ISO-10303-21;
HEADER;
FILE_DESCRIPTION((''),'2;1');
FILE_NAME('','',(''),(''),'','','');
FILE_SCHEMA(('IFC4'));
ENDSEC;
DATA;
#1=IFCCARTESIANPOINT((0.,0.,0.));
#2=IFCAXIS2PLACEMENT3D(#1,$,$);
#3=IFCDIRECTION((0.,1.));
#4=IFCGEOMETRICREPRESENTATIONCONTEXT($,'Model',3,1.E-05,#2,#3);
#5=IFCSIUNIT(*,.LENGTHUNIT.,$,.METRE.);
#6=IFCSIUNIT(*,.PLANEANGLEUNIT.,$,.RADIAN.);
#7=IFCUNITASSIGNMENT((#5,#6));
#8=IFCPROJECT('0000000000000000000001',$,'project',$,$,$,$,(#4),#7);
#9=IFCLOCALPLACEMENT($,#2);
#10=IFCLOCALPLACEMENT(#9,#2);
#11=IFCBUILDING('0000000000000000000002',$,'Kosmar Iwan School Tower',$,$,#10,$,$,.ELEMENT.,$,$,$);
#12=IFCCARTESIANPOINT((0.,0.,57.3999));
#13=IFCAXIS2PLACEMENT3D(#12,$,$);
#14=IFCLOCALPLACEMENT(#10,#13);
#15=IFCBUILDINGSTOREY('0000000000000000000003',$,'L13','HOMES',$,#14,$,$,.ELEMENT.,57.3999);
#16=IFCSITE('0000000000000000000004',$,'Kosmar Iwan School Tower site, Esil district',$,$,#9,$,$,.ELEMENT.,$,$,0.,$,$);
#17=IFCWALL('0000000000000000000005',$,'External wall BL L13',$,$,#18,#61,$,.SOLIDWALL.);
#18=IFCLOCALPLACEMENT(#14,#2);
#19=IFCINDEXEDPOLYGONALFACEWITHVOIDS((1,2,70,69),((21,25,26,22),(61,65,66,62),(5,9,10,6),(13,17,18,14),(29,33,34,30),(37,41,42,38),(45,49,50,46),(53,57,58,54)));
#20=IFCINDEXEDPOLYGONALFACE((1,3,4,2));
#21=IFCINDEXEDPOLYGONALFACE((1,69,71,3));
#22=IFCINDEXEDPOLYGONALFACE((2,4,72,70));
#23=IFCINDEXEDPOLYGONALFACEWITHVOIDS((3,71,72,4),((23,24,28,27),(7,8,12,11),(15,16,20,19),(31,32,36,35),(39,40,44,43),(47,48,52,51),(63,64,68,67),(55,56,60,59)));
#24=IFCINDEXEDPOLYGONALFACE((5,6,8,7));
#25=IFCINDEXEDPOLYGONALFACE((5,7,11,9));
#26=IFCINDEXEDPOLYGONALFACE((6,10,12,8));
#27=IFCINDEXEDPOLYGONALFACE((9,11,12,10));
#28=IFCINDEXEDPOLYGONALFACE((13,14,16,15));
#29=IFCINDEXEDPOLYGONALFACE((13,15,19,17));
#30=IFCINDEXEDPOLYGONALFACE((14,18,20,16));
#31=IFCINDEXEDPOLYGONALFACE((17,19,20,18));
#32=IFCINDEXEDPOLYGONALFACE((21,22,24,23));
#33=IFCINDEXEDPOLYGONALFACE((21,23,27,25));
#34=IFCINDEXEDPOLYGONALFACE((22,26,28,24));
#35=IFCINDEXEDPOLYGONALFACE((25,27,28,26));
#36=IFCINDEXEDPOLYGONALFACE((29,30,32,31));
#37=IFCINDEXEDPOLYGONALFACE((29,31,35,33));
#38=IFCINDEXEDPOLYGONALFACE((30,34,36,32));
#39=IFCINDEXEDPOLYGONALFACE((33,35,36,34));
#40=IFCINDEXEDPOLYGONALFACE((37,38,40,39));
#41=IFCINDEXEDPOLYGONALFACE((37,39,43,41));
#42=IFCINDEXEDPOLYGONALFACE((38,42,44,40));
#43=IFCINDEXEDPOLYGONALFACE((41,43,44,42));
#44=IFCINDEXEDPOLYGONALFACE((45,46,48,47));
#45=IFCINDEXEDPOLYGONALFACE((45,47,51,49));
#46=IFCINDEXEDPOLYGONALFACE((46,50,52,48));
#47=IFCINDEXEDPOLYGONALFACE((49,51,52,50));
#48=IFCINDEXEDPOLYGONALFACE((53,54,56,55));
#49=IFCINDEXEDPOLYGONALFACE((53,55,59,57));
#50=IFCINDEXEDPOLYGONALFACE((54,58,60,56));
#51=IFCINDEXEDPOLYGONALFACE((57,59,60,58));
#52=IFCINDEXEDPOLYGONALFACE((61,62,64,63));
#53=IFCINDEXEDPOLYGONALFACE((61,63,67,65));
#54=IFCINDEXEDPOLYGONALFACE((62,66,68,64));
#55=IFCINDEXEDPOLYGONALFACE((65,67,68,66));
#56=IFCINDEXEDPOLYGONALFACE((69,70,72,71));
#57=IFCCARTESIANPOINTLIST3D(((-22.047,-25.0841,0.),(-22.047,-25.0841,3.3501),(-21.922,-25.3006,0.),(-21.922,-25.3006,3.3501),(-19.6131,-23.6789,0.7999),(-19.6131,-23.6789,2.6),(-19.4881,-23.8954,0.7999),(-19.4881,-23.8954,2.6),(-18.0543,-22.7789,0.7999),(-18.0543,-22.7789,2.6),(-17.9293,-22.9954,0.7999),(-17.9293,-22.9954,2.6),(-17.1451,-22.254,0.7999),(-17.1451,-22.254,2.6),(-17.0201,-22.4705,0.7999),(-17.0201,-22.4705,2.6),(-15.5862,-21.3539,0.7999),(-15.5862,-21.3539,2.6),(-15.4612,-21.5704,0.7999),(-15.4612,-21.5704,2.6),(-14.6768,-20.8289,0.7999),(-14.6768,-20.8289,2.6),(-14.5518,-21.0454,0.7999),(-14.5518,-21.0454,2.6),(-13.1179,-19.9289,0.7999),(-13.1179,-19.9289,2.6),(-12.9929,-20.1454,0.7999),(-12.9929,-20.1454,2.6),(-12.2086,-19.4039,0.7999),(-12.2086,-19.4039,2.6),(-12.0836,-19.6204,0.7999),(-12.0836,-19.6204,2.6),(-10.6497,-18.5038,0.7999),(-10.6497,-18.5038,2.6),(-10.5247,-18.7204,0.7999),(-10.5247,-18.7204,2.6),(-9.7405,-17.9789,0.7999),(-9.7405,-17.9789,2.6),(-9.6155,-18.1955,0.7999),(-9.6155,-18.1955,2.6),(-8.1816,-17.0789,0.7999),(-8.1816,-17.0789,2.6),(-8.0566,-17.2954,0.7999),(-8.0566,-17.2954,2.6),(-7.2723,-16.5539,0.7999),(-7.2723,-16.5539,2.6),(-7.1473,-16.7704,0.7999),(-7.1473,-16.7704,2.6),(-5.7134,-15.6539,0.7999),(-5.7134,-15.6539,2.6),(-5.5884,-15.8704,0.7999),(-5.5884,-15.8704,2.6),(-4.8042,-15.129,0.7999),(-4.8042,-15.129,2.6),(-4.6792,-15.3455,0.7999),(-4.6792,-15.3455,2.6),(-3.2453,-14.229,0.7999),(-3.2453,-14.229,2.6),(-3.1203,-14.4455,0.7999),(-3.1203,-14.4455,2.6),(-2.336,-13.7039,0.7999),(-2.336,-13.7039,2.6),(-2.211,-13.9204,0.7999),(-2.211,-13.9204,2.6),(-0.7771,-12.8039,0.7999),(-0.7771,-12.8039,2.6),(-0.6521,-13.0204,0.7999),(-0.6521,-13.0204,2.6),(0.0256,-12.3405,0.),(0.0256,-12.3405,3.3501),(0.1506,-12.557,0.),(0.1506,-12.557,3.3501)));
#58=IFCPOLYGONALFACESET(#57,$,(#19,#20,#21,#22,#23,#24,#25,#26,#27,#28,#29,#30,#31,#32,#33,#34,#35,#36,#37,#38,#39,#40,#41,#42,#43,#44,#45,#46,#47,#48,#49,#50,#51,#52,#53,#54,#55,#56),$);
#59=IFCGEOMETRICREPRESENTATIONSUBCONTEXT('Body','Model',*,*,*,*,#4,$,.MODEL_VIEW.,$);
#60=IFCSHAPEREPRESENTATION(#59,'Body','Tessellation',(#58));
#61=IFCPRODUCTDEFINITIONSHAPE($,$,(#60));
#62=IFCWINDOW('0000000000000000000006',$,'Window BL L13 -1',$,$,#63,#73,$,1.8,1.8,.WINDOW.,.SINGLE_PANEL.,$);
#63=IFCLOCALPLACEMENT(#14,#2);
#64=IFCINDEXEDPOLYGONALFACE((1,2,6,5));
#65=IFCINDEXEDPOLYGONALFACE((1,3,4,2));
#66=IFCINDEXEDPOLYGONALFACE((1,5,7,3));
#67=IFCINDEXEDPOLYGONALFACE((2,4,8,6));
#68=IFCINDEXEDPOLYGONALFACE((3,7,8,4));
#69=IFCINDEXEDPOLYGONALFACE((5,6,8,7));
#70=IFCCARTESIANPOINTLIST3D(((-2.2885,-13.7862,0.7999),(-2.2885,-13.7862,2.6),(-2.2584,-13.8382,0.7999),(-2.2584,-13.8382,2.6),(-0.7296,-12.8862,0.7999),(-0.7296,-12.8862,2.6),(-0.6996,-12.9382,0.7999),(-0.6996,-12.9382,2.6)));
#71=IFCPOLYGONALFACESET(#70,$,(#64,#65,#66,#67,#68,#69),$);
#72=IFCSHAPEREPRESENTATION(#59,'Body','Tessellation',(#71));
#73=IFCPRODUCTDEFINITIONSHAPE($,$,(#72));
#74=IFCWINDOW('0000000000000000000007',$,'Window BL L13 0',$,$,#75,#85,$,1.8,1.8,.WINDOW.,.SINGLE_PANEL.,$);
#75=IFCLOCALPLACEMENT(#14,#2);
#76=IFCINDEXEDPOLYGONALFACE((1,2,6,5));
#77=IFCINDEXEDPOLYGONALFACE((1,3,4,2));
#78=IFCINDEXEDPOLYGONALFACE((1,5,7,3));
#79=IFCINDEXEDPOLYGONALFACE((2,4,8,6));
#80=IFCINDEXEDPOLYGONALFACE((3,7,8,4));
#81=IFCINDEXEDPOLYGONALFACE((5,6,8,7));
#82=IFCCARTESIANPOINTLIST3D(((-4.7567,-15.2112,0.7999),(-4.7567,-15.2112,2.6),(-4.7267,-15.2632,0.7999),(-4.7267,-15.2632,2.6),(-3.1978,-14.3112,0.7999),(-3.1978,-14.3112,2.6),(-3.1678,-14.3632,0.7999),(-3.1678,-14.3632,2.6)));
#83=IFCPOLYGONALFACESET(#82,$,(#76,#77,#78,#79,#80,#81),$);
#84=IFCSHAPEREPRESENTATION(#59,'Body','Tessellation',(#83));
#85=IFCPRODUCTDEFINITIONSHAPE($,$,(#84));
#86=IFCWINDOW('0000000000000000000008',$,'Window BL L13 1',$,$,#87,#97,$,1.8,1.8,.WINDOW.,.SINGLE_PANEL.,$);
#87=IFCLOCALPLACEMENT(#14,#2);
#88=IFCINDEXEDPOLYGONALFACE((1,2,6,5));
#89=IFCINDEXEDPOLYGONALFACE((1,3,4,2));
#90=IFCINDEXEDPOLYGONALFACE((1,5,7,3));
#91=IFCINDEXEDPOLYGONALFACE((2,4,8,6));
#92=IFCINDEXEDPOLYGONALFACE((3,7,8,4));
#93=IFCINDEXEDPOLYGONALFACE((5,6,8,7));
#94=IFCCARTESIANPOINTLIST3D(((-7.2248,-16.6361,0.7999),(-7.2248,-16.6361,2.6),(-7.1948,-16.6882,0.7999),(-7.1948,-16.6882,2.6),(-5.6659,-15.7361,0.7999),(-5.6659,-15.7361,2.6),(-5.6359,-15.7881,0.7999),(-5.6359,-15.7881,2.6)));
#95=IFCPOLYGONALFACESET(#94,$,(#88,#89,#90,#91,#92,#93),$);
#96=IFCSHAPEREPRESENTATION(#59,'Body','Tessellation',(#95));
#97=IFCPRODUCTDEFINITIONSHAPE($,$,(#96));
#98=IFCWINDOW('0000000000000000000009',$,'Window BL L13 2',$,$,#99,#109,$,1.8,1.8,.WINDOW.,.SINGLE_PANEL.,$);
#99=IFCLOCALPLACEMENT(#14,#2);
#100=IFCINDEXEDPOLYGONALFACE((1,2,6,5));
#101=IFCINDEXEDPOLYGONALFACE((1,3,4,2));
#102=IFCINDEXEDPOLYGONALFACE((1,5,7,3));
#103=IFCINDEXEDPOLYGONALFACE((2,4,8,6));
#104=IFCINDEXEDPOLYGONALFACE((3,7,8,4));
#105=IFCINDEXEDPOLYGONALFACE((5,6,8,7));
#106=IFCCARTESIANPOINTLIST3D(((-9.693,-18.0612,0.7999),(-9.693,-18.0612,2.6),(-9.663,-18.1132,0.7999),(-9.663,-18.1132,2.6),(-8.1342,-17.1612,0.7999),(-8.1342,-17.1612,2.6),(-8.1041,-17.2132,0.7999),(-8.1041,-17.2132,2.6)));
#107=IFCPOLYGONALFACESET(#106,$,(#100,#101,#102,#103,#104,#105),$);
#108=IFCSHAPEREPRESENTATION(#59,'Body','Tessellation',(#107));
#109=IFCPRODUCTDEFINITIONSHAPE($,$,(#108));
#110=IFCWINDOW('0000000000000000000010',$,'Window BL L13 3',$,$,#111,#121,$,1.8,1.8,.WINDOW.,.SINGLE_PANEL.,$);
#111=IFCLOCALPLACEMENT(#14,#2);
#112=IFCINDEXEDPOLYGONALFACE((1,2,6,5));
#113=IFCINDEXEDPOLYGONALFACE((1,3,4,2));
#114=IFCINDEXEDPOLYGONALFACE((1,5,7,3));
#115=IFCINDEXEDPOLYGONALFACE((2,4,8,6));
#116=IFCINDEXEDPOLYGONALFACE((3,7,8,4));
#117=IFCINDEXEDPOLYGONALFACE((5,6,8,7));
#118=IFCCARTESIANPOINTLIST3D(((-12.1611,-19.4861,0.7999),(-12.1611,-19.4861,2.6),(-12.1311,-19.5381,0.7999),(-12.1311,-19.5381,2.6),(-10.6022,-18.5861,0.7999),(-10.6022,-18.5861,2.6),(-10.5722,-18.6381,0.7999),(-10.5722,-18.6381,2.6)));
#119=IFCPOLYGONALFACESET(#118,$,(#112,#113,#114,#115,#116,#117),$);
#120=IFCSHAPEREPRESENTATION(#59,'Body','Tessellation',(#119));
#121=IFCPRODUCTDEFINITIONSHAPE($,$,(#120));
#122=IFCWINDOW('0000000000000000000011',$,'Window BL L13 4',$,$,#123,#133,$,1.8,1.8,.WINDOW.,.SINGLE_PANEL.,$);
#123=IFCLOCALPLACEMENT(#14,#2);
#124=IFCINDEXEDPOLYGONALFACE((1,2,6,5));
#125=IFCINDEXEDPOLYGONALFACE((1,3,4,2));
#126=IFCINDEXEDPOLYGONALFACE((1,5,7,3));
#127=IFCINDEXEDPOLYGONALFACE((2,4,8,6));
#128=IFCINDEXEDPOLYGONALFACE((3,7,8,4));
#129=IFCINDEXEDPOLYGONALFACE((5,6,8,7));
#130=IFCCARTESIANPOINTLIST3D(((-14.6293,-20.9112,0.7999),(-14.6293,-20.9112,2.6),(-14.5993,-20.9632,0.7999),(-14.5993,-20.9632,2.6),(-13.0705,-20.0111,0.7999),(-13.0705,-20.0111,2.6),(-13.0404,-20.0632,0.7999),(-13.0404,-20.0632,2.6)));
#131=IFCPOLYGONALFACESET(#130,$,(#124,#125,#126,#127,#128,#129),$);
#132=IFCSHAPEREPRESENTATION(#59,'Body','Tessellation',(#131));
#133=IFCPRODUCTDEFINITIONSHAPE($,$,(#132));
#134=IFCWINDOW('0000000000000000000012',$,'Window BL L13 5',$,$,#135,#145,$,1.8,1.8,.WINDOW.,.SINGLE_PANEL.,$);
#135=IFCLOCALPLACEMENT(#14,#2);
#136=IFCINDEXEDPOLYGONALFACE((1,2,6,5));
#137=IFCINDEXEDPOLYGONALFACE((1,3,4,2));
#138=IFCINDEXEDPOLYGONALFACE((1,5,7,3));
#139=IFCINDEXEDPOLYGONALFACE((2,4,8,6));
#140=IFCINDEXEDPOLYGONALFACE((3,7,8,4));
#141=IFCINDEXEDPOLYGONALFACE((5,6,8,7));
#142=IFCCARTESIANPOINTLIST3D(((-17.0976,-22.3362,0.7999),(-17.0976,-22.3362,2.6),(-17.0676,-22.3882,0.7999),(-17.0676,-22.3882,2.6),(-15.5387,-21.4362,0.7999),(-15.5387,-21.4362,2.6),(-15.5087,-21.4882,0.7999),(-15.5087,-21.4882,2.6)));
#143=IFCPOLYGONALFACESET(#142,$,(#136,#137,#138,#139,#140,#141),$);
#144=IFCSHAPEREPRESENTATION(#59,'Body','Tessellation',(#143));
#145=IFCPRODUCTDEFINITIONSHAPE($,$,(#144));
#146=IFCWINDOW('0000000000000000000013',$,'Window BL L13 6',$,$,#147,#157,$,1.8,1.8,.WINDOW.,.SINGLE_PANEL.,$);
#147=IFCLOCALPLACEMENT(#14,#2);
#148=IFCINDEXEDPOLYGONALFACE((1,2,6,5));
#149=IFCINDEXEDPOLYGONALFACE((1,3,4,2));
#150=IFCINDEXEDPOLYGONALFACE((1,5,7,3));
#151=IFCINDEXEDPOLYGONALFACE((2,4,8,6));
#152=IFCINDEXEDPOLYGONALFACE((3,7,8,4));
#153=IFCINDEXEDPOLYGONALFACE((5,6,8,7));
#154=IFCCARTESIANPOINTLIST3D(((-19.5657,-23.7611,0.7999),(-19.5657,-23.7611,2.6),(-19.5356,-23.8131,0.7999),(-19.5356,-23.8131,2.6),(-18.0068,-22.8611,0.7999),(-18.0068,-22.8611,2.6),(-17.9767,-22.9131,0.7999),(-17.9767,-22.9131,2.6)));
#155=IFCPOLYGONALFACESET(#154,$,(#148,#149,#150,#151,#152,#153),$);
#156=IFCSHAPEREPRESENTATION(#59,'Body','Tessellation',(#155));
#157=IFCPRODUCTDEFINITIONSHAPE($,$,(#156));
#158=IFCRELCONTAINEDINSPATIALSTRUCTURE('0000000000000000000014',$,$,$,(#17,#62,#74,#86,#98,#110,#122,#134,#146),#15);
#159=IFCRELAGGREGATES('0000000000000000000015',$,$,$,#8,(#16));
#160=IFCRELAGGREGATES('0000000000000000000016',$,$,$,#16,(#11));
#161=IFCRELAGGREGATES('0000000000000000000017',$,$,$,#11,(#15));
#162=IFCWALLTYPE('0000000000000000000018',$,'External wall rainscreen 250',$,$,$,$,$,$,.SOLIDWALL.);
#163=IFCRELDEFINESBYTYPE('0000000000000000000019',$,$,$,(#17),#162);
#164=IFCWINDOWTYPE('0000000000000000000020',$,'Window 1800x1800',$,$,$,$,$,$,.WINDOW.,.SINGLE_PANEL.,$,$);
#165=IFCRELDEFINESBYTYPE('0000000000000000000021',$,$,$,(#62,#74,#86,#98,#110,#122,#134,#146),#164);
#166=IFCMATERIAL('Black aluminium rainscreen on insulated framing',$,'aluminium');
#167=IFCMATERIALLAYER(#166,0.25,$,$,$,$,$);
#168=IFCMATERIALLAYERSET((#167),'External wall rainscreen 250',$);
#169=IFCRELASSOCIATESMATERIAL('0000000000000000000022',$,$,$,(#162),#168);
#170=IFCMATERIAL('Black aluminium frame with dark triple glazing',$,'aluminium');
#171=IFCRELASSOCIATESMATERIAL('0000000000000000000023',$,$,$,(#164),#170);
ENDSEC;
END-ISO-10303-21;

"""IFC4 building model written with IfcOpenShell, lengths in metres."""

from ifc_helpers import new_model, si_unit, direction, frame, frame_2d, origin, place, context, subcontext, project, spatial, rectangle, extrude, material, layer, layer_set, type_object, element, fill, save


model = new_model("IFC4")

# Units and contexts
model_context = context("Model", 3, precision=1e-05, world=origin(), true_north=direction((0.0, 1.0)))
body_context = subcontext(model_context, "Body", "Model", "MODEL_VIEW")
ifc_project = project(units=[si_unit("LENGTHUNIT", "METRE"), si_unit("PLANEANGLEUNIT", "RADIAN")], contexts=[model_context])

# Site, building, storey
site_placement = place(None, origin())
site = spatial("IfcSite", under=ifc_project, at=site_placement, Name="Kosmar Iwan School Tower site, Esil district", CompositionType="ELEMENT", RefElevation=0.0)
building_placement = place(site_placement, origin())
building = spatial("IfcBuilding", under=site, at=building_placement, Name="Kosmar Iwan School Tower", CompositionType="ELEMENT")
storey_placement = place(building_placement, frame((0.0, 0.0, 57.3999)))
storey = spatial("IfcBuildingStorey", under=building, at=storey_placement, Name="L13", Description="HOMES", CompositionType="ELEMENT", Elevation=57.3999)

# Wall, openings, windows
ifc_material_1 = material(Name="Black aluminium rainscreen on insulated framing", Category="aluminium")
ifc_layer = layer(ifc_material_1, 0.25)
ifc_layer_set = layer_set([ifc_layer], Name="External wall rainscreen 250")
wall_type = type_object("IfcWallType", Name="External wall rainscreen 250", PredefinedType="SOLIDWALL", material=ifc_layer_set)
wall_1_placement = place(storey_placement, frame((0.0881, -12.4487, 0.0), z_axis=(0.0, 0.0, 1.0), x_axis=(-0.866026, -0.499998, 0.0)))
wall_1 = element("IfcWall", 1, at=wall_1_placement, inside=storey, type_object=wall_type, Name="External wall BL L13", PredefinedType="SOLIDWALL", context=body_context, shape_type="SweptSolid", body=[
    extrude(rectangle(XDim=25.4873, YDim=0.25, at=frame_2d((12.7437, 0.0))), origin(), (0.0, 0.0, 1.0), 3.3501),
])
opening_1_placement = place(wall_1_placement, frame((0.927, 0.0, 0.8)))
opening_1 = element("IfcOpeningElement", 2, at=opening_1_placement, cuts=wall_1, PredefinedType="OPENING", context=body_context, shape_type="SweptSolid", body=[
    extrude(rectangle(XDim=1.8, YDim=1.8, at=frame_2d((0.8999, 0.8999))), frame((0.0, 0.137, 0.0), z_axis=(0.0, -1.0, 0.0), x_axis=(1.0, 0.0, 0.0)), (0.0, 0.0, 1.0), 0.2739),
])
opening_2_placement = place(wall_1_placement, frame((3.7771, 0.0, 0.8)))
opening_2 = element("IfcOpeningElement", 3, at=opening_2_placement, cuts=wall_1, PredefinedType="OPENING", context=body_context, shape_type="SweptSolid", body=[
    extrude(rectangle(XDim=1.8, YDim=1.8, at=frame_2d((0.8999, 0.8999))), frame((0.0, 0.137, 0.0), z_axis=(0.0, -1.0, 0.0), x_axis=(1.0, 0.0, 0.0)), (0.0, 0.0, 1.0), 0.2739),
])
opening_3_placement = place(wall_1_placement, frame((6.627, 0.0, 0.8)))
opening_3 = element("IfcOpeningElement", 4, at=opening_3_placement, cuts=wall_1, PredefinedType="OPENING", context=body_context, shape_type="SweptSolid", body=[
    extrude(rectangle(XDim=1.8, YDim=1.8, at=frame_2d((0.8999, 0.8999))), frame((0.0, 0.137, 0.0), z_axis=(0.0, -1.0, 0.0), x_axis=(1.0, 0.0, 0.0)), (0.0, 0.0, 1.0), 0.2739),
])
opening_4_placement = place(wall_1_placement, frame((9.4771, 0.0, 0.8)))
opening_4 = element("IfcOpeningElement", 5, at=opening_4_placement, cuts=wall_1, PredefinedType="OPENING", context=body_context, shape_type="SweptSolid", body=[
    extrude(rectangle(XDim=1.8, YDim=1.8, at=frame_2d((0.8999, 0.8999))), frame((0.0, 0.137, 0.0), z_axis=(0.0, -1.0, 0.0), x_axis=(1.0, 0.0, 0.0)), (0.0, 0.0, 1.0), 0.2739),
])
opening_5_placement = place(wall_1_placement, frame((12.3269, 0.0, 0.8)))
opening_5 = element("IfcOpeningElement", 6, at=opening_5_placement, cuts=wall_1, PredefinedType="OPENING", context=body_context, shape_type="SweptSolid", body=[
    extrude(rectangle(XDim=1.8, YDim=1.8, at=frame_2d((0.8999, 0.8999))), frame((0.0, 0.137, 0.0), z_axis=(0.0, -1.0, 0.0), x_axis=(1.0, 0.0, 0.0)), (0.0, 0.0, 1.0), 0.2739),
])
opening_6_placement = place(wall_1_placement, frame((15.177, 0.0, 0.8)))
opening_6 = element("IfcOpeningElement", 7, at=opening_6_placement, cuts=wall_1, PredefinedType="OPENING", context=body_context, shape_type="SweptSolid", body=[
    extrude(rectangle(XDim=1.8, YDim=1.8, at=frame_2d((0.8999, 0.8999))), frame((0.0, 0.137, 0.0), z_axis=(0.0, -1.0, 0.0), x_axis=(1.0, 0.0, 0.0)), (0.0, 0.0, 1.0), 0.2739),
])
opening_7_placement = place(wall_1_placement, frame((18.0271, 0.0, 0.8)))
opening_7 = element("IfcOpeningElement", 8, at=opening_7_placement, cuts=wall_1, PredefinedType="OPENING", context=body_context, shape_type="SweptSolid", body=[
    extrude(rectangle(XDim=1.8, YDim=1.8, at=frame_2d((0.8999, 0.8999))), frame((0.0, 0.137, 0.0), z_axis=(0.0, -1.0, 0.0), x_axis=(1.0, 0.0, 0.0)), (0.0, 0.0, 1.0), 0.2739),
])
opening_8_placement = place(wall_1_placement, frame((20.877, 0.0, 0.8)))
opening_8 = element("IfcOpeningElement", 9, at=opening_8_placement, cuts=wall_1, PredefinedType="OPENING", context=body_context, shape_type="SweptSolid", body=[
    extrude(rectangle(XDim=1.8, YDim=1.8, at=frame_2d((0.8999, 0.8999))), frame((0.0, 0.137, 0.0), z_axis=(0.0, -1.0, 0.0), x_axis=(1.0, 0.0, 0.0)), (0.0, 0.0, 1.0), 0.2739),
])
ifc_material_2 = material(Name="Black aluminium frame with dark triple glazing", Category="aluminium")
window_type = type_object("IfcWindowType", Name="Window 1800x1800", PartitioningType="SINGLE_PANEL", PredefinedType="WINDOW", material=ifc_material_2)
window_1_placement = place(opening_1_placement, origin())
window_1 = element("IfcWindow", 10, at=window_1_placement, inside=storey, type_object=window_type, Name="Window BL L13 -1", OverallHeight=1.8, OverallWidth=1.8, PartitioningType="SINGLE_PANEL", PredefinedType="WINDOW", context=body_context, shape_type="SweptSolid", body=[
    extrude(rectangle(XDim=1.8, YDim=1.8, at=frame_2d((0.8999, 0.8999))), frame((0.0, 0.03, 0.0), z_axis=(0.0, -1.0, 0.0), x_axis=(1.0, 0.0, 0.0)), (0.0, 0.0, 1.0), 0.0601),
])
fill(opening_1, window_1)
window_2_placement = place(opening_2_placement, origin())
window_2 = element("IfcWindow", 11, at=window_2_placement, inside=storey, type_object=window_type, Name="Window BL L13 0", OverallHeight=1.8, OverallWidth=1.8, PartitioningType="SINGLE_PANEL", PredefinedType="WINDOW", context=body_context, shape_type="SweptSolid", body=[
    extrude(rectangle(XDim=1.8, YDim=1.8, at=frame_2d((0.8999, 0.8999))), frame((0.0, 0.03, 0.0), z_axis=(0.0, -1.0, 0.0), x_axis=(1.0, 0.0, 0.0)), (0.0, 0.0, 1.0), 0.0601),
])
fill(opening_2, window_2)
window_3_placement = place(opening_3_placement, origin())
window_3 = element("IfcWindow", 12, at=window_3_placement, inside=storey, type_object=window_type, Name="Window BL L13 1", OverallHeight=1.8, OverallWidth=1.8, PartitioningType="SINGLE_PANEL", PredefinedType="WINDOW", context=body_context, shape_type="SweptSolid", body=[
    extrude(rectangle(XDim=1.8, YDim=1.8, at=frame_2d((0.8999, 0.8999))), frame((0.0, 0.03, 0.0), z_axis=(0.0, -1.0, 0.0), x_axis=(1.0, 0.0, 0.0)), (0.0, 0.0, 1.0), 0.0601),
])
fill(opening_3, window_3)
window_4_placement = place(opening_4_placement, origin())
window_4 = element("IfcWindow", 13, at=window_4_placement, inside=storey, type_object=window_type, Name="Window BL L13 2", OverallHeight=1.8, OverallWidth=1.8, PartitioningType="SINGLE_PANEL", PredefinedType="WINDOW", context=body_context, shape_type="SweptSolid", body=[
    extrude(rectangle(XDim=1.8, YDim=1.8, at=frame_2d((0.8999, 0.8999))), frame((0.0, 0.03, 0.0), z_axis=(0.0, -1.0, 0.0), x_axis=(1.0, 0.0, 0.0)), (0.0, 0.0, 1.0), 0.0601),
])
fill(opening_4, window_4)
window_5_placement = place(opening_5_placement, origin())
window_5 = element("IfcWindow", 14, at=window_5_placement, inside=storey, type_object=window_type, Name="Window BL L13 3", OverallHeight=1.8, OverallWidth=1.8, PartitioningType="SINGLE_PANEL", PredefinedType="WINDOW", context=body_context, shape_type="SweptSolid", body=[
    extrude(rectangle(XDim=1.8, YDim=1.8, at=frame_2d((0.8999, 0.8999))), frame((0.0, 0.03, 0.0), z_axis=(0.0, -1.0, 0.0), x_axis=(1.0, 0.0, 0.0)), (0.0, 0.0, 1.0), 0.0601),
])
fill(opening_5, window_5)
window_6_placement = place(opening_6_placement, origin())
window_6 = element("IfcWindow", 15, at=window_6_placement, inside=storey, type_object=window_type, Name="Window BL L13 4", OverallHeight=1.8, OverallWidth=1.8, PartitioningType="SINGLE_PANEL", PredefinedType="WINDOW", context=body_context, shape_type="SweptSolid", body=[
    extrude(rectangle(XDim=1.8, YDim=1.8, at=frame_2d((0.8999, 0.8999))), frame((0.0, 0.03, 0.0), z_axis=(0.0, -1.0, 0.0), x_axis=(1.0, 0.0, 0.0)), (0.0, 0.0, 1.0), 0.0601),
])
fill(opening_6, window_6)
window_7_placement = place(opening_7_placement, origin())
window_7 = element("IfcWindow", 16, at=window_7_placement, inside=storey, type_object=window_type, Name="Window BL L13 5", OverallHeight=1.8, OverallWidth=1.8, PartitioningType="SINGLE_PANEL", PredefinedType="WINDOW", context=body_context, shape_type="SweptSolid", body=[
    extrude(rectangle(XDim=1.8, YDim=1.8, at=frame_2d((0.8999, 0.8999))), frame((0.0, 0.03, 0.0), z_axis=(0.0, -1.0, 0.0), x_axis=(1.0, 0.0, 0.0)), (0.0, 0.0, 1.0), 0.0601),
])
fill(opening_7, window_7)
window_8_placement = place(opening_8_placement, origin())
window_8 = element("IfcWindow", 17, at=window_8_placement, inside=storey, type_object=window_type, Name="Window BL L13 6", OverallHeight=1.8, OverallWidth=1.8, PartitioningType="SINGLE_PANEL", PredefinedType="WINDOW", context=body_context, shape_type="SweptSolid", body=[
    extrude(rectangle(XDim=1.8, YDim=1.8, at=frame_2d((0.8999, 0.8999))), frame((0.0, 0.03, 0.0), z_axis=(0.0, -1.0, 0.0), x_axis=(1.0, 0.0, 0.0)), (0.0, 0.0, 1.0), 0.0601),
])
fill(opening_8, window_8)

save(model, "model.ifc")
